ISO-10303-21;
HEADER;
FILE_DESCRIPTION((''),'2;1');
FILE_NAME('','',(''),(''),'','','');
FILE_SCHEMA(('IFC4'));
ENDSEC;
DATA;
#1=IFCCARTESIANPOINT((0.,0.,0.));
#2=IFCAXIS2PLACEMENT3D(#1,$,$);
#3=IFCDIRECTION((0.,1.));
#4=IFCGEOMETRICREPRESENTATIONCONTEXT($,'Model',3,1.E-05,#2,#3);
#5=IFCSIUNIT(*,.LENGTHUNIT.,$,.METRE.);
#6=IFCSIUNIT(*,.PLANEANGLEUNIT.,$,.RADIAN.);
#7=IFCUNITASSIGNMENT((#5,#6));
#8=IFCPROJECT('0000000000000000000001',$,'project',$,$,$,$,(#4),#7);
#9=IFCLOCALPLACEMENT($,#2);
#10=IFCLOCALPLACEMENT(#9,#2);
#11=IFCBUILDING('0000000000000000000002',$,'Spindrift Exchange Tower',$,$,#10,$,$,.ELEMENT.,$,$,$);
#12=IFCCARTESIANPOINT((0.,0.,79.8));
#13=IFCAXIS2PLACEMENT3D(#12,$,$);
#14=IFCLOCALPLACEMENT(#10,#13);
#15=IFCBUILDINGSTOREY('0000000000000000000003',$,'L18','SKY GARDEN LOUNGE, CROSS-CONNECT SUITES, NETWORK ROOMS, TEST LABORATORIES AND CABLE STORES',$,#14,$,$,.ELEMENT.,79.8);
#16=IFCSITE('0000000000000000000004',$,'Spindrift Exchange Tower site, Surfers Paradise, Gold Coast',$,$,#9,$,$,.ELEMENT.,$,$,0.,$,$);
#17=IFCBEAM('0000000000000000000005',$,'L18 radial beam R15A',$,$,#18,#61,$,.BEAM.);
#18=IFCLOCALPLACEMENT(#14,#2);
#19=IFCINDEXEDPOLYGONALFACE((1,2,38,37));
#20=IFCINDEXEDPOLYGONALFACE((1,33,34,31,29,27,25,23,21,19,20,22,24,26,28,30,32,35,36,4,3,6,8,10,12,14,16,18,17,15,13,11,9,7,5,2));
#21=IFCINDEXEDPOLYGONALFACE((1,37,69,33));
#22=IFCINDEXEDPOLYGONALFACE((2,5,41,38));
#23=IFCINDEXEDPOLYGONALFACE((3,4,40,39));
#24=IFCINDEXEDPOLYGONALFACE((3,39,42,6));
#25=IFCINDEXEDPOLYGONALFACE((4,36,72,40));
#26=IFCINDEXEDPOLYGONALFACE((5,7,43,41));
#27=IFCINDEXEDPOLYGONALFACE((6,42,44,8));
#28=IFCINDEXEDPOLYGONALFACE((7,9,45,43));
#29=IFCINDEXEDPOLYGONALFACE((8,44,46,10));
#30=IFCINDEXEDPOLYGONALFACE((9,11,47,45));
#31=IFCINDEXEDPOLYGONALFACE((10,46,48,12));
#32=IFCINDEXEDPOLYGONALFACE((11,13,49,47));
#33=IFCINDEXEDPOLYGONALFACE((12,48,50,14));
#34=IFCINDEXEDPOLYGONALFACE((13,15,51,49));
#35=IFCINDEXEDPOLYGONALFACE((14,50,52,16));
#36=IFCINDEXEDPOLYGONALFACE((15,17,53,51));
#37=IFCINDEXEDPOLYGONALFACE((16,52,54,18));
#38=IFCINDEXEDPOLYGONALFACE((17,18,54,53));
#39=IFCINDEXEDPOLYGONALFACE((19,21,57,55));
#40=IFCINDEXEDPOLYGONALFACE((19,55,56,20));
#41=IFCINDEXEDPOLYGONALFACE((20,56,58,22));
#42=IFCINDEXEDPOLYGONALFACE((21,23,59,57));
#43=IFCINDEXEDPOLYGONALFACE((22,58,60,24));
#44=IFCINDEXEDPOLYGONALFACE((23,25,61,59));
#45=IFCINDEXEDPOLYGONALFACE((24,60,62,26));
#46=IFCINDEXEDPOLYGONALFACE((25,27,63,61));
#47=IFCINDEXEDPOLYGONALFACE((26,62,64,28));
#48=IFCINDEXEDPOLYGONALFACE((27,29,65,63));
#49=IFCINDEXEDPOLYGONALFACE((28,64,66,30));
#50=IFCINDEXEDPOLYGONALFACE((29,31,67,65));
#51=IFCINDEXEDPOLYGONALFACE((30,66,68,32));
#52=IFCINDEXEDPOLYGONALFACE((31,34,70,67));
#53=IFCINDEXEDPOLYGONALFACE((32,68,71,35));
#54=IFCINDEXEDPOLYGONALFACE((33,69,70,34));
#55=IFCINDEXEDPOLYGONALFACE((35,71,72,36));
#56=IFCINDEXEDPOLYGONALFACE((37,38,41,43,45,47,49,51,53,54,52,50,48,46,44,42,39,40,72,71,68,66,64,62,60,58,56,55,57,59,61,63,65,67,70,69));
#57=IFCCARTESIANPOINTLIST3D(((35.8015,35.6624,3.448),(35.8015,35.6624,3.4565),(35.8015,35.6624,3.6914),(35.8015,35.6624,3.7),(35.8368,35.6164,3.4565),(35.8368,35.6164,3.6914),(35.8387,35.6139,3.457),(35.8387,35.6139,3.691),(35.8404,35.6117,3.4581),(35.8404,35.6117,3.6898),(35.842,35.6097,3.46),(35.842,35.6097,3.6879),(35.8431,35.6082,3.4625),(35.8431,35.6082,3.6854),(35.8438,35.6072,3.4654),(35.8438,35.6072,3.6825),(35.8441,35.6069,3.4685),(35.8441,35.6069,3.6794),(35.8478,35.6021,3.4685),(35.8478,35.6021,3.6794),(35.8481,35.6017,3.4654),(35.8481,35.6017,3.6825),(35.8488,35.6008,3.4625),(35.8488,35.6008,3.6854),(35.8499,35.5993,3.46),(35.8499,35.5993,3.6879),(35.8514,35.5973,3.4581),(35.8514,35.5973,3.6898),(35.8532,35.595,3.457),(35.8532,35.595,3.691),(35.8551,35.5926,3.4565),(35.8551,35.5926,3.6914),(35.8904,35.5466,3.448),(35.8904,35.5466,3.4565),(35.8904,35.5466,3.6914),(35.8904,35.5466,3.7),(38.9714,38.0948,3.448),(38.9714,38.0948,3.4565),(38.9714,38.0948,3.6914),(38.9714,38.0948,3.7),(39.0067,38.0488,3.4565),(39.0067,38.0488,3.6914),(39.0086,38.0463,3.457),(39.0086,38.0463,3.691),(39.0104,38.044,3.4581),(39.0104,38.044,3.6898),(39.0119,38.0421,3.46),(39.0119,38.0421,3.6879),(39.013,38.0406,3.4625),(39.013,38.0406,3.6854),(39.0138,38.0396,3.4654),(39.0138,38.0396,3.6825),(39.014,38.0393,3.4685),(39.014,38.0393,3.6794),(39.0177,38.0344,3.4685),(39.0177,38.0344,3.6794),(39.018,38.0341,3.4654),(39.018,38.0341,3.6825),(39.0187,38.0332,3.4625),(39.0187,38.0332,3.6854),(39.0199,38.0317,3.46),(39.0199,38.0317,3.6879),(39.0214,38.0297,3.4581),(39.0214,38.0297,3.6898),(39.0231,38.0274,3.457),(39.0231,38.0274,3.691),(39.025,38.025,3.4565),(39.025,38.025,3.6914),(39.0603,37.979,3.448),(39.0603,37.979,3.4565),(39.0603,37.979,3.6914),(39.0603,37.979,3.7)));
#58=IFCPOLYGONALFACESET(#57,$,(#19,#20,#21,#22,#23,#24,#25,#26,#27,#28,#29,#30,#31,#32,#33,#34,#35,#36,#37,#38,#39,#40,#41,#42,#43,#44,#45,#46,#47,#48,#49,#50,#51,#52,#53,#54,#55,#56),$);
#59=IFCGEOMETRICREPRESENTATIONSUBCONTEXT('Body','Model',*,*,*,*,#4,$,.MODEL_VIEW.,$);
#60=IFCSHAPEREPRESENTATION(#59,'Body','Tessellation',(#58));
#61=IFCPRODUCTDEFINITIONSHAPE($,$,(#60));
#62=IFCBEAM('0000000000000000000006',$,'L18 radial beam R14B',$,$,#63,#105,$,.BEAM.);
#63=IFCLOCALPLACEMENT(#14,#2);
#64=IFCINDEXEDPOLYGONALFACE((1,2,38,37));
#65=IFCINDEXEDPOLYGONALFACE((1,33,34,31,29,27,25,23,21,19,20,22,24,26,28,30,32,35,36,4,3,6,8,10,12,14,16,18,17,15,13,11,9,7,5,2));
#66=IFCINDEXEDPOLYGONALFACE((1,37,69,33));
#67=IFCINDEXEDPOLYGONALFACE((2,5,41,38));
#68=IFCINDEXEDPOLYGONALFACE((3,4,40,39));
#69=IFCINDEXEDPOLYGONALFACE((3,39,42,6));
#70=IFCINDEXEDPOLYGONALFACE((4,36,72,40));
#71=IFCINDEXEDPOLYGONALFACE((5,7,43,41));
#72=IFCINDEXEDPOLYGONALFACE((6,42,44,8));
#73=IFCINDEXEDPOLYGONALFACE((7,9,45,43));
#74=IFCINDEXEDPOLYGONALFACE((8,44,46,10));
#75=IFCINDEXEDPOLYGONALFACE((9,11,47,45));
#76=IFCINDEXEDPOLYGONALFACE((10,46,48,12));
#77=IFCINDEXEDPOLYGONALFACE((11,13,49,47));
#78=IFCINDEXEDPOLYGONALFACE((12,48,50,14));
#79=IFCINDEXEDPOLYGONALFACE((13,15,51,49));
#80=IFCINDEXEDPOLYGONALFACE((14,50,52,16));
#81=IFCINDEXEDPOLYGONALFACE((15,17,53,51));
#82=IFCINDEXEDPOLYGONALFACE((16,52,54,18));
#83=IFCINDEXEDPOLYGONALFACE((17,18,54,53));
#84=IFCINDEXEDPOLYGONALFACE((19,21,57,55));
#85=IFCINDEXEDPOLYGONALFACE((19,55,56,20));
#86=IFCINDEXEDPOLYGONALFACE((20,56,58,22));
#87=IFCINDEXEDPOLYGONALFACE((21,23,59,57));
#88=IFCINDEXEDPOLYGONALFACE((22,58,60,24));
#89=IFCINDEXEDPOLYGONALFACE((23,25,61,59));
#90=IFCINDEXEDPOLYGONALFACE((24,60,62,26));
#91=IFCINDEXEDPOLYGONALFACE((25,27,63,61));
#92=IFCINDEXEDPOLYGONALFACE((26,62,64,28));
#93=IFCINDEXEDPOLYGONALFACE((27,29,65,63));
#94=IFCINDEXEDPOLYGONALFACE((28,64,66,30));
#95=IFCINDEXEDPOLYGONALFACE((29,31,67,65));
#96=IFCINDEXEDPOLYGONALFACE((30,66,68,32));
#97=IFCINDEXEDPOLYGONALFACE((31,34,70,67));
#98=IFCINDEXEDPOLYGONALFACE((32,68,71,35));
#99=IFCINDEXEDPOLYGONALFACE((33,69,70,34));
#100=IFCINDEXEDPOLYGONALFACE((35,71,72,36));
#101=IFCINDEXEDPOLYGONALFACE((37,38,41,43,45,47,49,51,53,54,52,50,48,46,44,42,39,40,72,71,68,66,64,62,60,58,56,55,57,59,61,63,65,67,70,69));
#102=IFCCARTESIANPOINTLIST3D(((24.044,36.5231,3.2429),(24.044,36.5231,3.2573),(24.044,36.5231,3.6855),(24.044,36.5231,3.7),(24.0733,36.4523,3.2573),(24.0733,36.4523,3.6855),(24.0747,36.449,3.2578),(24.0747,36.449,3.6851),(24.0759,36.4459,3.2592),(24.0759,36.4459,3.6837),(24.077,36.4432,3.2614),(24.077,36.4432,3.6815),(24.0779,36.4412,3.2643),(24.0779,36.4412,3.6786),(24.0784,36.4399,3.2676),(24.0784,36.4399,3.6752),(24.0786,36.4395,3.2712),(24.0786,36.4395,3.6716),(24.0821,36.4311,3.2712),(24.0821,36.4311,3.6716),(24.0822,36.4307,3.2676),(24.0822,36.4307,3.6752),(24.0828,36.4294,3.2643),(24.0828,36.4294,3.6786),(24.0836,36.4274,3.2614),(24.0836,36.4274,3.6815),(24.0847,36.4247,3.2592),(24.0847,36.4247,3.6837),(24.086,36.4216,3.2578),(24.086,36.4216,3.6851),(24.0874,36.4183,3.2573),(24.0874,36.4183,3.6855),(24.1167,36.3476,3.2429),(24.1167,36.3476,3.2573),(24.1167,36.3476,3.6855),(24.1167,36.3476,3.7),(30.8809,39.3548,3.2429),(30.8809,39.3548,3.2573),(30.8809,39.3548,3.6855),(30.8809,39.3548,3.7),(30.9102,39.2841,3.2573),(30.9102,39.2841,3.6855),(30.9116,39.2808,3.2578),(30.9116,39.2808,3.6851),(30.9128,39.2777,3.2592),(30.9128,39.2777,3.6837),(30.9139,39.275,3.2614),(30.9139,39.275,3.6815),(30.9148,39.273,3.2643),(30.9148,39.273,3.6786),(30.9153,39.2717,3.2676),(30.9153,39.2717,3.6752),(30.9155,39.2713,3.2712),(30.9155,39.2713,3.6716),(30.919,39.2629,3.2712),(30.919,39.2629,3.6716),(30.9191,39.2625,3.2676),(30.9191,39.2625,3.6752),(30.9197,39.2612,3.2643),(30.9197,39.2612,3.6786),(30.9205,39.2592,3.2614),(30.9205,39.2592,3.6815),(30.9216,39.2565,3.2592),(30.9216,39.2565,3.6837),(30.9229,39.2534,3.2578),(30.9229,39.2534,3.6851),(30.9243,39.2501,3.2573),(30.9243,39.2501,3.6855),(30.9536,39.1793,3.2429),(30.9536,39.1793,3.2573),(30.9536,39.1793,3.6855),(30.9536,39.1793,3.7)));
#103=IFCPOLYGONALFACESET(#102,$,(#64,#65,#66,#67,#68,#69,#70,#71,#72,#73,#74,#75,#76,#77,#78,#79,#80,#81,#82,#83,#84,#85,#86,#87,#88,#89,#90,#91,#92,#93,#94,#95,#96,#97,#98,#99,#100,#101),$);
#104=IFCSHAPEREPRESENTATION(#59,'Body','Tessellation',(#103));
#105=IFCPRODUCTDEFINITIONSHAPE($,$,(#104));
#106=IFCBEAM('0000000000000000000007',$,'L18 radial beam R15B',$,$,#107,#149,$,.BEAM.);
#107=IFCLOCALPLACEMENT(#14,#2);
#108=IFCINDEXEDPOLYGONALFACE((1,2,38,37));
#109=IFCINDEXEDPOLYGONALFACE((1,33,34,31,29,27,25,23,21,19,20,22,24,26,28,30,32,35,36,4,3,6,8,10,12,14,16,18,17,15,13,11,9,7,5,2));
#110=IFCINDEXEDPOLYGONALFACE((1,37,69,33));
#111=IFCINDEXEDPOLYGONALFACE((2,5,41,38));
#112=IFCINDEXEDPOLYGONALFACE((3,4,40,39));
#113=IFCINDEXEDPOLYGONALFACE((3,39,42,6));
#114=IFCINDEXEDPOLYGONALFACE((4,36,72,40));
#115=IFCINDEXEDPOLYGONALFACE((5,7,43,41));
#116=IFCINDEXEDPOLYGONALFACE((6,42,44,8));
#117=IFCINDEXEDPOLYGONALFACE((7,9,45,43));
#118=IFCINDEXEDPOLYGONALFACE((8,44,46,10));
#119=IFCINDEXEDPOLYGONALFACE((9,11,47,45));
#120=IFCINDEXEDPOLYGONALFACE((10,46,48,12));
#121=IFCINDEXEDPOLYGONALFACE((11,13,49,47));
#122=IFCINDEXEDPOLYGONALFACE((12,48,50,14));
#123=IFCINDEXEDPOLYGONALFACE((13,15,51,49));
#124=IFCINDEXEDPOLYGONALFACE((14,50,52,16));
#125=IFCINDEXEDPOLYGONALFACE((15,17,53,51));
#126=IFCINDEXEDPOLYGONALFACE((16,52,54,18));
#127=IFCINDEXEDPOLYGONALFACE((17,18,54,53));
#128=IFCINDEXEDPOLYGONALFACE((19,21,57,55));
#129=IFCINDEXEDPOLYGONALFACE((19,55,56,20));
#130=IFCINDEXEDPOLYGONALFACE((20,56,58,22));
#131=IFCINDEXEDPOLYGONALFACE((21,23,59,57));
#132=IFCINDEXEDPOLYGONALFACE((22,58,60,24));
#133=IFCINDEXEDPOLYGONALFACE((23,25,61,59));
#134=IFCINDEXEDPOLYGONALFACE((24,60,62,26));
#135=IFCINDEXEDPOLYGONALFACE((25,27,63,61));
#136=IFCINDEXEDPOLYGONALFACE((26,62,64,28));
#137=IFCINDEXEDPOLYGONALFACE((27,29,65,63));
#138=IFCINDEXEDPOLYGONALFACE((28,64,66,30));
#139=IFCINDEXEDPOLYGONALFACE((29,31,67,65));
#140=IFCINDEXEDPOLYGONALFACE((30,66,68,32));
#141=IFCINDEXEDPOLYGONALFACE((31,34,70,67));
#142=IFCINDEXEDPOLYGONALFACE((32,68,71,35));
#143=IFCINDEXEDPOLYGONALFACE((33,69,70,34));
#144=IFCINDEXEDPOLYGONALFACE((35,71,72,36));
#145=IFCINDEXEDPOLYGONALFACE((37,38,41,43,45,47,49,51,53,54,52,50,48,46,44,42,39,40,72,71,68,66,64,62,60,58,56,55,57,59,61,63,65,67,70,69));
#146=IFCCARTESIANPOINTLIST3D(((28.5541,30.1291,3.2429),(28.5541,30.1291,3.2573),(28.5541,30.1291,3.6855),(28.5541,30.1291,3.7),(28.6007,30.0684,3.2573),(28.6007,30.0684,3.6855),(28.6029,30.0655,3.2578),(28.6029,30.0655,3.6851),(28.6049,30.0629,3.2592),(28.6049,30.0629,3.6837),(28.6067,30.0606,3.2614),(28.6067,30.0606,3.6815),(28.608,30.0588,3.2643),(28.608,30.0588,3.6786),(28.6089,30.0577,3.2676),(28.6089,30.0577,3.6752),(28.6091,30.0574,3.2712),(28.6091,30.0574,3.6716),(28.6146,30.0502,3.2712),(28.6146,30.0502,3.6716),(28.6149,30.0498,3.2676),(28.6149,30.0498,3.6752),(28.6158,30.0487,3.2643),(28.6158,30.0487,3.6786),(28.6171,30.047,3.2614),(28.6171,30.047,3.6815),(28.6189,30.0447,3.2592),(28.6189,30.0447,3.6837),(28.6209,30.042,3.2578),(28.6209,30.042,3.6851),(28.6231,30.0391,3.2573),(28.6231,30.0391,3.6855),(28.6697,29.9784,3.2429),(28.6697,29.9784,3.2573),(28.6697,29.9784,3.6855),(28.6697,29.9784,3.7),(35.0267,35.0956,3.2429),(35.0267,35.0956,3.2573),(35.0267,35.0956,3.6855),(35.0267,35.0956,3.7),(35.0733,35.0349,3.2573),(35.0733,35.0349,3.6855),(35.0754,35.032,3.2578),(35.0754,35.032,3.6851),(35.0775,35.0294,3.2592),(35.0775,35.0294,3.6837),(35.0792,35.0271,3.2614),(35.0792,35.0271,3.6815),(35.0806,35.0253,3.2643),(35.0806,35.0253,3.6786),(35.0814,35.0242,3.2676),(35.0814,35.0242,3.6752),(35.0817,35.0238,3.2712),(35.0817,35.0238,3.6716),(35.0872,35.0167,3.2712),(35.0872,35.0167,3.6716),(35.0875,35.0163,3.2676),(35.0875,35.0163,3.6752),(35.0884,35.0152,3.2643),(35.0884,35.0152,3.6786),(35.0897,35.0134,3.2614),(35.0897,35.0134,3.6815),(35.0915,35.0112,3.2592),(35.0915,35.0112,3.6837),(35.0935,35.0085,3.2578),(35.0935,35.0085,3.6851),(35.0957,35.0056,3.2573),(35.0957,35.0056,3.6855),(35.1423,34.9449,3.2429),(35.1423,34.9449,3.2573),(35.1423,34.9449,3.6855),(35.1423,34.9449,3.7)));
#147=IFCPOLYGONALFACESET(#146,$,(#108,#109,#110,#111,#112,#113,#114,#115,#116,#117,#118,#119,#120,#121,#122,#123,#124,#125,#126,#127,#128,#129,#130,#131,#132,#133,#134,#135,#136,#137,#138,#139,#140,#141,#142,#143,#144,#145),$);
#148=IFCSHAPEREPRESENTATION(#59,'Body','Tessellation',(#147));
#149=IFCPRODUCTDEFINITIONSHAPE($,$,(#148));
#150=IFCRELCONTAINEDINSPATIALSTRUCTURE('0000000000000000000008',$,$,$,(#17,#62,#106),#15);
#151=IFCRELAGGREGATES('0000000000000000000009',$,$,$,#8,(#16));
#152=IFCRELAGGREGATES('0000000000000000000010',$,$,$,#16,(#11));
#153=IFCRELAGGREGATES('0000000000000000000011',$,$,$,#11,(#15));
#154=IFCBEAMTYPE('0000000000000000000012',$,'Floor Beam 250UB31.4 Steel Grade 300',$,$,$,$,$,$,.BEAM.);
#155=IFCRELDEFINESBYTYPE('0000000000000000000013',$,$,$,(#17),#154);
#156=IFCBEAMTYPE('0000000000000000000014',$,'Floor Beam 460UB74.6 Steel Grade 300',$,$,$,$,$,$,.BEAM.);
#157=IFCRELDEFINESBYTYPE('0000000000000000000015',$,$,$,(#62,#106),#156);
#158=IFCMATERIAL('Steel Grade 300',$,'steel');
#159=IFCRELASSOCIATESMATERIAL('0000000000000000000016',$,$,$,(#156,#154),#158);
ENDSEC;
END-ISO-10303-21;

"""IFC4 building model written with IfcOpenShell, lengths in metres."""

from ifc_helpers import new_model, si_unit, direction, frame, origin, origin_2d, place, context, subcontext, project, spatial, i_section, extrude, source, transform, mapped, material, material_profile, profile_set, type_object, element, save


model = new_model("IFC4")

# Units and contexts
model_context = context("Model", 3, precision=1e-05, world=origin(), true_north=direction((0.0, 1.0)))
body_context = subcontext(model_context, "Body", "Model", "MODEL_VIEW")
ifc_project = project(units=[si_unit("LENGTHUNIT", "METRE"), si_unit("PLANEANGLEUNIT", "RADIAN")], contexts=[model_context])

# Site, building, storey
site_placement = place(None, origin())
site = spatial("IfcSite", under=ifc_project, at=site_placement, Name="Spindrift Exchange Tower site, Surfers Paradise, Gold Coast", CompositionType="ELEMENT", RefElevation=0.0)
building_placement = place(site_placement, origin())
building = spatial("IfcBuilding", under=site, at=building_placement, Name="Spindrift Exchange Tower", CompositionType="ELEMENT")
storey_placement = place(building_placement, frame((0.0, 0.0, 79.8)))
storey = spatial("IfcBuildingStorey", under=building, at=storey_placement, Name="L18", Description="SKY GARDEN LOUNGE, CROSS-CONNECT SUITES, NETWORK ROOMS, TEST LABORATORIES AND CABLE STORES", CompositionType="ELEMENT", Elevation=79.8)

# Beams
ifc_material_1 = material(Name="Steel Grade 300", Category="steel")
ifc_material_profile_1 = material_profile(ifc_material_1, i_section(OverallWidth=0.1899, OverallDepth=0.457, WebThickness=0.009, FlangeThickness=0.0144, FilletRadius=0.0139, at=origin_2d()), Name="460UB74.6")
ifc_profile_set_1 = profile_set([ifc_material_profile_1], Name="Steel Grade 300")
beam_type_1 = type_object("IfcBeamType", Name="Floor Beam 460UB74.6 Steel Grade 300", PredefinedType="BEAM", material=ifc_profile_set_1)
ifc_material_profile_2 = material_profile(ifc_material_1, i_section(OverallWidth=0.146, OverallDepth=0.252, WebThickness=0.0061, FlangeThickness=0.0085, FilletRadius=0.012, at=origin_2d()), Name="250UB31.4")
ifc_profile_set_2 = profile_set([ifc_material_profile_2], Name="Steel Grade 300")
beam_type_2 = type_object("IfcBeamType", Name="Floor Beam 250UB31.4 Steel Grade 300", PredefinedType="BEAM", material=ifc_profile_set_2)
shared_shape_1 = source(origin(), body_context, "Body", "SweptSolid", [
    extrude(i_section(OverallWidth=0.146, OverallDepth=0.252, WebThickness=0.0061, FlangeThickness=0.0085, FilletRadius=0.012, at=origin_2d()), origin(), (0.0, 0.0, 1.0), 3.9956),
])
beam_1_placement = place(storey_placement, frame((39.0159, 38.0369, 3.574), z_axis=(-0.793353, -0.608762, 0.0), x_axis=(0.608762, -0.793353, 0.0)))
element("IfcBeam", 1, at=beam_1_placement, inside=storey, type_object=beam_type_2, Name="L18 radial beam R15A", PredefinedType="BEAM", context=body_context, shape_type="MappedRepresentation", body=[
    mapped(shared_shape_1, transform((0.0, 0.0, 0.0), scale=1.0)),
])
shared_shape_2 = source(origin(), body_context, "Body", "SweptSolid", [
    extrude(i_section(OverallWidth=0.1899, OverallDepth=0.457, WebThickness=0.009, FlangeThickness=0.0144, FilletRadius=0.0139, at=origin_2d()), origin(), (0.0, 0.0, 1.0), 7.4001),
])
beam_2_placement = place(storey_placement, frame((30.9172, 39.2671, 3.4714), z_axis=(-0.923887, -0.382666, 0.0), x_axis=(0.382666, -0.923887, 0.0)))
element("IfcBeam", 2, at=beam_2_placement, inside=storey, type_object=beam_type_1, Name="L18 radial beam R14B", PredefinedType="BEAM", context=body_context, shape_type="MappedRepresentation", body=[
    mapped(shared_shape_2, transform((0.0, 0.0, 0.0), scale=1.0)),
])
shared_shape_3 = source(origin(), body_context, "Body", "SweptSolid", [
    extrude(i_section(OverallWidth=0.1899, OverallDepth=0.457, WebThickness=0.009, FlangeThickness=0.0144, FilletRadius=0.0139, at=origin_2d()), origin(), (0.0, 0.0, 1.0), 8.1584),
])
beam_3_placement = place(storey_placement, frame((35.0845, 35.0203, 3.4714), z_axis=(-0.793359, -0.608754, 0.0), x_axis=(0.608754, -0.793359, 0.0)))
element("IfcBeam", 3, at=beam_3_placement, inside=storey, type_object=beam_type_1, Name="L18 radial beam R15B", PredefinedType="BEAM", context=body_context, shape_type="MappedRepresentation", body=[
    mapped(shared_shape_3, transform((0.0, 0.0, 0.0), scale=1.0)),
])

save(model, "model.ifc")
